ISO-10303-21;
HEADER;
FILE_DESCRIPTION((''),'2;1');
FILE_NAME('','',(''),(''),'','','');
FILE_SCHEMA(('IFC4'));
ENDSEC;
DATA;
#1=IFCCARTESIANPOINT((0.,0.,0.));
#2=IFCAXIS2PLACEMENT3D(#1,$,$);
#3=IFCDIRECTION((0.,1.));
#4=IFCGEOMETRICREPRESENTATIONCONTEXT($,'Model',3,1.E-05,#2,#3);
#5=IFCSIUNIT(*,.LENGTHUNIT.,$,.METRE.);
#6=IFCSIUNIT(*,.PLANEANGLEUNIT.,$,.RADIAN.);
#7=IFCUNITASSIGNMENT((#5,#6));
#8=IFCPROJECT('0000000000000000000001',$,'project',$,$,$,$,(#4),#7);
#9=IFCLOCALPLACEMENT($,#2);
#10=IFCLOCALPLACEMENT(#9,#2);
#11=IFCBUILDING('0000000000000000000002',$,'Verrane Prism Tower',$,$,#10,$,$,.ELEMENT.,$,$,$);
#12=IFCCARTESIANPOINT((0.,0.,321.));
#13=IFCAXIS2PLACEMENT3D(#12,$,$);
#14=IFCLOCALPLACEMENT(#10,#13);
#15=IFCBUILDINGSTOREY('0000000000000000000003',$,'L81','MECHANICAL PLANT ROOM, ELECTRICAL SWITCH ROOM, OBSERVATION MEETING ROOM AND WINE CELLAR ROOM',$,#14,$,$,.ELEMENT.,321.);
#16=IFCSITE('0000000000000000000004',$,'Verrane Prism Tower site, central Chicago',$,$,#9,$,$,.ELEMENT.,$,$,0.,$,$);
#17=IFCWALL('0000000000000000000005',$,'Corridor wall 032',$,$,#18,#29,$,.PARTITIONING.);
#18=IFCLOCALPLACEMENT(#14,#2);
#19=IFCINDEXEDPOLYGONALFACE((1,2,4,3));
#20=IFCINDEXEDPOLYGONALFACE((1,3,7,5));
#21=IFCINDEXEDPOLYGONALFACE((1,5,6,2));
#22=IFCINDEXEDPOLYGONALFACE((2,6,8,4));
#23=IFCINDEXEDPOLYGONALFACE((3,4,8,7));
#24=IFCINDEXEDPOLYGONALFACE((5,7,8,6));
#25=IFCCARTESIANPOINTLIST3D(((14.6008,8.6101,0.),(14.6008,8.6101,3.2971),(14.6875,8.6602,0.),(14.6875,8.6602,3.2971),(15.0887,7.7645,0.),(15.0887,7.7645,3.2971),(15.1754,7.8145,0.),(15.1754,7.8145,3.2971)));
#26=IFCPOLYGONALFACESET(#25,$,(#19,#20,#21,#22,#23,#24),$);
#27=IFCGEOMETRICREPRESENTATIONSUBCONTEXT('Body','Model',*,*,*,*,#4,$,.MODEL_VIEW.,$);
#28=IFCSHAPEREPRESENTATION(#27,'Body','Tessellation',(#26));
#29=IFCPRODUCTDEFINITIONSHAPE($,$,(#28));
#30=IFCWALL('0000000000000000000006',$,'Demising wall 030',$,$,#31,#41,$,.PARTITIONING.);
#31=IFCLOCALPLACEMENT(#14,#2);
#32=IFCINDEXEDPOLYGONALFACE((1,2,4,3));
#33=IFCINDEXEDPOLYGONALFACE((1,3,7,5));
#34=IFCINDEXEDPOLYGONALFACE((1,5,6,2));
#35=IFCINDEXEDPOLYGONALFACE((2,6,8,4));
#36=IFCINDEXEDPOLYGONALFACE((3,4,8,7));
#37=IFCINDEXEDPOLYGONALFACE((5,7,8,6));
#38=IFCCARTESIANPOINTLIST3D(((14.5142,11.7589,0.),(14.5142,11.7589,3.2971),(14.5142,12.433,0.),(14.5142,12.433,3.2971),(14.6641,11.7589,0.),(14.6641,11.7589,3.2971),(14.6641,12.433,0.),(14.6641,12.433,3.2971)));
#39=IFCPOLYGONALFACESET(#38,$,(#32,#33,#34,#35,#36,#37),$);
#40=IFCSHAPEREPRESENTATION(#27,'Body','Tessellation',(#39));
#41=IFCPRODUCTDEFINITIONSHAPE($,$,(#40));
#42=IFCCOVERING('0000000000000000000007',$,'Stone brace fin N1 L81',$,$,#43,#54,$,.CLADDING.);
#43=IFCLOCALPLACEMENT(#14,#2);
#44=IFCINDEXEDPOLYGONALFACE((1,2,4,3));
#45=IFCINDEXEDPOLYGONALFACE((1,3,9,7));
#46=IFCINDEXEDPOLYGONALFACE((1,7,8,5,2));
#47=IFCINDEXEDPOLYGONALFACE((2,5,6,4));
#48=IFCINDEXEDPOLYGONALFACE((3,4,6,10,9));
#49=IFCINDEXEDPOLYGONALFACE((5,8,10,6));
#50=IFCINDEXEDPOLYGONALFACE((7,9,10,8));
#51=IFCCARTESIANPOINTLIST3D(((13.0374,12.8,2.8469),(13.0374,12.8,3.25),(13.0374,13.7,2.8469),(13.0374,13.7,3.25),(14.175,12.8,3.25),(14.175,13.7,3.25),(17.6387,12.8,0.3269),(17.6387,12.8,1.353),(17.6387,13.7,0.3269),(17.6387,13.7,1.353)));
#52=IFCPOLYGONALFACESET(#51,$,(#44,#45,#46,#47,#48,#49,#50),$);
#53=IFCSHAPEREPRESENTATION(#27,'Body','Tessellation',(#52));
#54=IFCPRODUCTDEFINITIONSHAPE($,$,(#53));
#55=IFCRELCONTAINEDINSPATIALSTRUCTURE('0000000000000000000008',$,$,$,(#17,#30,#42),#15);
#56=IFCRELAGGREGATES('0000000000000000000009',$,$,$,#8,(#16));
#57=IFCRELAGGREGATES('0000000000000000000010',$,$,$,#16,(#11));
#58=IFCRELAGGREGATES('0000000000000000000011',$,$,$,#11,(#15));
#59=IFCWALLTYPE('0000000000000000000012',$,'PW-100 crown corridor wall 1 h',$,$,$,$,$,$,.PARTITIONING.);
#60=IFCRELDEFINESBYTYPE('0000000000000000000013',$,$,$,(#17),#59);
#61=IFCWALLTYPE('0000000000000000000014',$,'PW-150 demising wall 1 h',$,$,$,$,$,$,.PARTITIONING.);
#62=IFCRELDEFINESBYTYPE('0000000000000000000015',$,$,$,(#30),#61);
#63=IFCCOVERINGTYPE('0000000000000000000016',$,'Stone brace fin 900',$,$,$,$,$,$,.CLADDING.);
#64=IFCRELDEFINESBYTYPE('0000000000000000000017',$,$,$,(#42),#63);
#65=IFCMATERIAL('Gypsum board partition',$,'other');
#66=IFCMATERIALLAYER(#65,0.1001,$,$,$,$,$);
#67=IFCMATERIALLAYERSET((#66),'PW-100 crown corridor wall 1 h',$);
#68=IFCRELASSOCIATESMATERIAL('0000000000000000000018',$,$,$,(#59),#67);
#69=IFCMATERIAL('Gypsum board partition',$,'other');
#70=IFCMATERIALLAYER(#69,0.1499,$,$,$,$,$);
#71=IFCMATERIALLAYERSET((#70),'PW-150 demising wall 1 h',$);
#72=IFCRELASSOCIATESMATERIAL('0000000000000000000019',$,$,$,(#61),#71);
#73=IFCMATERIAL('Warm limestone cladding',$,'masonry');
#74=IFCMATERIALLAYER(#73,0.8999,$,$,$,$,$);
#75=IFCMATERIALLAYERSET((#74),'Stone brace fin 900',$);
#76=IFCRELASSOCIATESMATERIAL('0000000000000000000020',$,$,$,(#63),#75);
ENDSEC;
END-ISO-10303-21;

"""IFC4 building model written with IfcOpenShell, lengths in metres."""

from ifc_helpers import new_model, si_unit, direction, frame, frame_2d, origin, place, context, subcontext, project, spatial, polyline, rectangle, outline, extrude, material, layer, layer_set, type_object, element, save


model = new_model("IFC4")

# Units and contexts
model_context = context("Model", 3, precision=1e-05, world=origin(), true_north=direction((0.0, 1.0)))
body_context = subcontext(model_context, "Body", "Model", "MODEL_VIEW")
ifc_project = project(units=[si_unit("LENGTHUNIT", "METRE"), si_unit("PLANEANGLEUNIT", "RADIAN")], contexts=[model_context])

# Site, building, storey
site_placement = place(None, origin())
site = spatial("IfcSite", under=ifc_project, at=site_placement, Name="Verrane Prism Tower site, central Chicago", CompositionType="ELEMENT", RefElevation=0.0)
building_placement = place(site_placement, origin())
building = spatial("IfcBuilding", under=site, at=building_placement, Name="Verrane Prism Tower", CompositionType="ELEMENT")
storey_placement = place(building_placement, frame((0.0, 0.0, 321.0)))
storey = spatial("IfcBuildingStorey", under=building, at=storey_placement, Name="L81", Description="MECHANICAL PLANT ROOM, ELECTRICAL SWITCH ROOM, OBSERVATION MEETING ROOM AND WINE CELLAR ROOM", CompositionType="ELEMENT", Elevation=321.0)

# Shared definitions
ifc_material_1 = material(Name="Gypsum board partition", Category="other")
ifc_layer_1 = layer(ifc_material_1, 0.1001)
ifc_layer_set_1 = layer_set([ifc_layer_1], Name="PW-100 crown corridor wall 1 h")
wall_type_1 = type_object("IfcWallType", Name="PW-100 crown corridor wall 1 h", PredefinedType="PARTITIONING", material=ifc_layer_set_1)

# Walls
wall_1_placement = place(storey_placement, frame((14.644, 8.6353, 0.0), z_axis=(0.0, 0.0, 1.0), x_axis=(0.499823, -0.866127, 0.0)))
element("IfcWall", 1, at=wall_1_placement, inside=storey, type_object=wall_type_1, Name="Corridor wall 032", PredefinedType="PARTITIONING", context=body_context, shape_type="SweptSolid", body=[
    extrude(rectangle(XDim=0.9763, YDim=0.1001, at=frame_2d((0.4883, 0.0))), origin(), (0.0, 0.0, 1.0), 3.2971),
])
ifc_material_2 = material(Name="Gypsum board partition", Category="other")
ifc_layer_2 = layer(ifc_material_2, 0.1499)
ifc_layer_set_2 = layer_set([ifc_layer_2], Name="PW-150 demising wall 1 h")
wall_type_2 = type_object("IfcWallType", Name="PW-150 demising wall 1 h", PredefinedType="PARTITIONING", material=ifc_layer_set_2)
wall_2_placement = place(storey_placement, frame((14.5891, 11.759, 0.0), z_axis=(0.0, 0.0, 1.0), x_axis=(0.0, 1.0, 0.0)))
element("IfcWall", 2, at=wall_2_placement, inside=storey, type_object=wall_type_2, Name="Demising wall 030", PredefinedType="PARTITIONING", context=body_context, shape_type="SweptSolid", body=[
    extrude(rectangle(XDim=0.6741, YDim=0.1499, at=frame_2d((0.3369, 0.0))), origin(), (0.0, 0.0, 1.0), 3.2971),
])

# Covering
ifc_material_3 = material(Name="Warm limestone cladding", Category="masonry")
ifc_layer_3 = layer(ifc_material_3, 0.8999)
ifc_layer_set_3 = layer_set([ifc_layer_3], Name="Stone brace fin 900")
covering_type = type_object("IfcCoveringType", Name="Stone brace fin 900", PredefinedType="CLADDING", material=ifc_layer_set_3)
covering_placement = place(storey_placement, frame((17.6387, 13.25, 0.3269), z_axis=(0.0, 0.0, 1.0), x_axis=(-1.0, 0.0, 0.0)))
element("IfcCovering", 3, at=covering_placement, inside=storey, type_object=covering_type, Name="Stone brace fin N1 L81", PredefinedType="CLADDING", context=body_context, shape_type="SweptSolid", body=[
    extrude(outline(polyline([(4.6013, 2.9231), (3.4636, 2.9231), (0.0, 1.0261), (0.0, 0.0), (4.6013, 2.52), (4.6013, 2.9231)])), frame((0.0, 0.45, 0.0), z_axis=(0.0, -1.0, 0.0), x_axis=(1.0, 0.0, 0.0)), (0.0, 0.0, 1.0), 0.8999),
])

save(model, "model.ifc")
